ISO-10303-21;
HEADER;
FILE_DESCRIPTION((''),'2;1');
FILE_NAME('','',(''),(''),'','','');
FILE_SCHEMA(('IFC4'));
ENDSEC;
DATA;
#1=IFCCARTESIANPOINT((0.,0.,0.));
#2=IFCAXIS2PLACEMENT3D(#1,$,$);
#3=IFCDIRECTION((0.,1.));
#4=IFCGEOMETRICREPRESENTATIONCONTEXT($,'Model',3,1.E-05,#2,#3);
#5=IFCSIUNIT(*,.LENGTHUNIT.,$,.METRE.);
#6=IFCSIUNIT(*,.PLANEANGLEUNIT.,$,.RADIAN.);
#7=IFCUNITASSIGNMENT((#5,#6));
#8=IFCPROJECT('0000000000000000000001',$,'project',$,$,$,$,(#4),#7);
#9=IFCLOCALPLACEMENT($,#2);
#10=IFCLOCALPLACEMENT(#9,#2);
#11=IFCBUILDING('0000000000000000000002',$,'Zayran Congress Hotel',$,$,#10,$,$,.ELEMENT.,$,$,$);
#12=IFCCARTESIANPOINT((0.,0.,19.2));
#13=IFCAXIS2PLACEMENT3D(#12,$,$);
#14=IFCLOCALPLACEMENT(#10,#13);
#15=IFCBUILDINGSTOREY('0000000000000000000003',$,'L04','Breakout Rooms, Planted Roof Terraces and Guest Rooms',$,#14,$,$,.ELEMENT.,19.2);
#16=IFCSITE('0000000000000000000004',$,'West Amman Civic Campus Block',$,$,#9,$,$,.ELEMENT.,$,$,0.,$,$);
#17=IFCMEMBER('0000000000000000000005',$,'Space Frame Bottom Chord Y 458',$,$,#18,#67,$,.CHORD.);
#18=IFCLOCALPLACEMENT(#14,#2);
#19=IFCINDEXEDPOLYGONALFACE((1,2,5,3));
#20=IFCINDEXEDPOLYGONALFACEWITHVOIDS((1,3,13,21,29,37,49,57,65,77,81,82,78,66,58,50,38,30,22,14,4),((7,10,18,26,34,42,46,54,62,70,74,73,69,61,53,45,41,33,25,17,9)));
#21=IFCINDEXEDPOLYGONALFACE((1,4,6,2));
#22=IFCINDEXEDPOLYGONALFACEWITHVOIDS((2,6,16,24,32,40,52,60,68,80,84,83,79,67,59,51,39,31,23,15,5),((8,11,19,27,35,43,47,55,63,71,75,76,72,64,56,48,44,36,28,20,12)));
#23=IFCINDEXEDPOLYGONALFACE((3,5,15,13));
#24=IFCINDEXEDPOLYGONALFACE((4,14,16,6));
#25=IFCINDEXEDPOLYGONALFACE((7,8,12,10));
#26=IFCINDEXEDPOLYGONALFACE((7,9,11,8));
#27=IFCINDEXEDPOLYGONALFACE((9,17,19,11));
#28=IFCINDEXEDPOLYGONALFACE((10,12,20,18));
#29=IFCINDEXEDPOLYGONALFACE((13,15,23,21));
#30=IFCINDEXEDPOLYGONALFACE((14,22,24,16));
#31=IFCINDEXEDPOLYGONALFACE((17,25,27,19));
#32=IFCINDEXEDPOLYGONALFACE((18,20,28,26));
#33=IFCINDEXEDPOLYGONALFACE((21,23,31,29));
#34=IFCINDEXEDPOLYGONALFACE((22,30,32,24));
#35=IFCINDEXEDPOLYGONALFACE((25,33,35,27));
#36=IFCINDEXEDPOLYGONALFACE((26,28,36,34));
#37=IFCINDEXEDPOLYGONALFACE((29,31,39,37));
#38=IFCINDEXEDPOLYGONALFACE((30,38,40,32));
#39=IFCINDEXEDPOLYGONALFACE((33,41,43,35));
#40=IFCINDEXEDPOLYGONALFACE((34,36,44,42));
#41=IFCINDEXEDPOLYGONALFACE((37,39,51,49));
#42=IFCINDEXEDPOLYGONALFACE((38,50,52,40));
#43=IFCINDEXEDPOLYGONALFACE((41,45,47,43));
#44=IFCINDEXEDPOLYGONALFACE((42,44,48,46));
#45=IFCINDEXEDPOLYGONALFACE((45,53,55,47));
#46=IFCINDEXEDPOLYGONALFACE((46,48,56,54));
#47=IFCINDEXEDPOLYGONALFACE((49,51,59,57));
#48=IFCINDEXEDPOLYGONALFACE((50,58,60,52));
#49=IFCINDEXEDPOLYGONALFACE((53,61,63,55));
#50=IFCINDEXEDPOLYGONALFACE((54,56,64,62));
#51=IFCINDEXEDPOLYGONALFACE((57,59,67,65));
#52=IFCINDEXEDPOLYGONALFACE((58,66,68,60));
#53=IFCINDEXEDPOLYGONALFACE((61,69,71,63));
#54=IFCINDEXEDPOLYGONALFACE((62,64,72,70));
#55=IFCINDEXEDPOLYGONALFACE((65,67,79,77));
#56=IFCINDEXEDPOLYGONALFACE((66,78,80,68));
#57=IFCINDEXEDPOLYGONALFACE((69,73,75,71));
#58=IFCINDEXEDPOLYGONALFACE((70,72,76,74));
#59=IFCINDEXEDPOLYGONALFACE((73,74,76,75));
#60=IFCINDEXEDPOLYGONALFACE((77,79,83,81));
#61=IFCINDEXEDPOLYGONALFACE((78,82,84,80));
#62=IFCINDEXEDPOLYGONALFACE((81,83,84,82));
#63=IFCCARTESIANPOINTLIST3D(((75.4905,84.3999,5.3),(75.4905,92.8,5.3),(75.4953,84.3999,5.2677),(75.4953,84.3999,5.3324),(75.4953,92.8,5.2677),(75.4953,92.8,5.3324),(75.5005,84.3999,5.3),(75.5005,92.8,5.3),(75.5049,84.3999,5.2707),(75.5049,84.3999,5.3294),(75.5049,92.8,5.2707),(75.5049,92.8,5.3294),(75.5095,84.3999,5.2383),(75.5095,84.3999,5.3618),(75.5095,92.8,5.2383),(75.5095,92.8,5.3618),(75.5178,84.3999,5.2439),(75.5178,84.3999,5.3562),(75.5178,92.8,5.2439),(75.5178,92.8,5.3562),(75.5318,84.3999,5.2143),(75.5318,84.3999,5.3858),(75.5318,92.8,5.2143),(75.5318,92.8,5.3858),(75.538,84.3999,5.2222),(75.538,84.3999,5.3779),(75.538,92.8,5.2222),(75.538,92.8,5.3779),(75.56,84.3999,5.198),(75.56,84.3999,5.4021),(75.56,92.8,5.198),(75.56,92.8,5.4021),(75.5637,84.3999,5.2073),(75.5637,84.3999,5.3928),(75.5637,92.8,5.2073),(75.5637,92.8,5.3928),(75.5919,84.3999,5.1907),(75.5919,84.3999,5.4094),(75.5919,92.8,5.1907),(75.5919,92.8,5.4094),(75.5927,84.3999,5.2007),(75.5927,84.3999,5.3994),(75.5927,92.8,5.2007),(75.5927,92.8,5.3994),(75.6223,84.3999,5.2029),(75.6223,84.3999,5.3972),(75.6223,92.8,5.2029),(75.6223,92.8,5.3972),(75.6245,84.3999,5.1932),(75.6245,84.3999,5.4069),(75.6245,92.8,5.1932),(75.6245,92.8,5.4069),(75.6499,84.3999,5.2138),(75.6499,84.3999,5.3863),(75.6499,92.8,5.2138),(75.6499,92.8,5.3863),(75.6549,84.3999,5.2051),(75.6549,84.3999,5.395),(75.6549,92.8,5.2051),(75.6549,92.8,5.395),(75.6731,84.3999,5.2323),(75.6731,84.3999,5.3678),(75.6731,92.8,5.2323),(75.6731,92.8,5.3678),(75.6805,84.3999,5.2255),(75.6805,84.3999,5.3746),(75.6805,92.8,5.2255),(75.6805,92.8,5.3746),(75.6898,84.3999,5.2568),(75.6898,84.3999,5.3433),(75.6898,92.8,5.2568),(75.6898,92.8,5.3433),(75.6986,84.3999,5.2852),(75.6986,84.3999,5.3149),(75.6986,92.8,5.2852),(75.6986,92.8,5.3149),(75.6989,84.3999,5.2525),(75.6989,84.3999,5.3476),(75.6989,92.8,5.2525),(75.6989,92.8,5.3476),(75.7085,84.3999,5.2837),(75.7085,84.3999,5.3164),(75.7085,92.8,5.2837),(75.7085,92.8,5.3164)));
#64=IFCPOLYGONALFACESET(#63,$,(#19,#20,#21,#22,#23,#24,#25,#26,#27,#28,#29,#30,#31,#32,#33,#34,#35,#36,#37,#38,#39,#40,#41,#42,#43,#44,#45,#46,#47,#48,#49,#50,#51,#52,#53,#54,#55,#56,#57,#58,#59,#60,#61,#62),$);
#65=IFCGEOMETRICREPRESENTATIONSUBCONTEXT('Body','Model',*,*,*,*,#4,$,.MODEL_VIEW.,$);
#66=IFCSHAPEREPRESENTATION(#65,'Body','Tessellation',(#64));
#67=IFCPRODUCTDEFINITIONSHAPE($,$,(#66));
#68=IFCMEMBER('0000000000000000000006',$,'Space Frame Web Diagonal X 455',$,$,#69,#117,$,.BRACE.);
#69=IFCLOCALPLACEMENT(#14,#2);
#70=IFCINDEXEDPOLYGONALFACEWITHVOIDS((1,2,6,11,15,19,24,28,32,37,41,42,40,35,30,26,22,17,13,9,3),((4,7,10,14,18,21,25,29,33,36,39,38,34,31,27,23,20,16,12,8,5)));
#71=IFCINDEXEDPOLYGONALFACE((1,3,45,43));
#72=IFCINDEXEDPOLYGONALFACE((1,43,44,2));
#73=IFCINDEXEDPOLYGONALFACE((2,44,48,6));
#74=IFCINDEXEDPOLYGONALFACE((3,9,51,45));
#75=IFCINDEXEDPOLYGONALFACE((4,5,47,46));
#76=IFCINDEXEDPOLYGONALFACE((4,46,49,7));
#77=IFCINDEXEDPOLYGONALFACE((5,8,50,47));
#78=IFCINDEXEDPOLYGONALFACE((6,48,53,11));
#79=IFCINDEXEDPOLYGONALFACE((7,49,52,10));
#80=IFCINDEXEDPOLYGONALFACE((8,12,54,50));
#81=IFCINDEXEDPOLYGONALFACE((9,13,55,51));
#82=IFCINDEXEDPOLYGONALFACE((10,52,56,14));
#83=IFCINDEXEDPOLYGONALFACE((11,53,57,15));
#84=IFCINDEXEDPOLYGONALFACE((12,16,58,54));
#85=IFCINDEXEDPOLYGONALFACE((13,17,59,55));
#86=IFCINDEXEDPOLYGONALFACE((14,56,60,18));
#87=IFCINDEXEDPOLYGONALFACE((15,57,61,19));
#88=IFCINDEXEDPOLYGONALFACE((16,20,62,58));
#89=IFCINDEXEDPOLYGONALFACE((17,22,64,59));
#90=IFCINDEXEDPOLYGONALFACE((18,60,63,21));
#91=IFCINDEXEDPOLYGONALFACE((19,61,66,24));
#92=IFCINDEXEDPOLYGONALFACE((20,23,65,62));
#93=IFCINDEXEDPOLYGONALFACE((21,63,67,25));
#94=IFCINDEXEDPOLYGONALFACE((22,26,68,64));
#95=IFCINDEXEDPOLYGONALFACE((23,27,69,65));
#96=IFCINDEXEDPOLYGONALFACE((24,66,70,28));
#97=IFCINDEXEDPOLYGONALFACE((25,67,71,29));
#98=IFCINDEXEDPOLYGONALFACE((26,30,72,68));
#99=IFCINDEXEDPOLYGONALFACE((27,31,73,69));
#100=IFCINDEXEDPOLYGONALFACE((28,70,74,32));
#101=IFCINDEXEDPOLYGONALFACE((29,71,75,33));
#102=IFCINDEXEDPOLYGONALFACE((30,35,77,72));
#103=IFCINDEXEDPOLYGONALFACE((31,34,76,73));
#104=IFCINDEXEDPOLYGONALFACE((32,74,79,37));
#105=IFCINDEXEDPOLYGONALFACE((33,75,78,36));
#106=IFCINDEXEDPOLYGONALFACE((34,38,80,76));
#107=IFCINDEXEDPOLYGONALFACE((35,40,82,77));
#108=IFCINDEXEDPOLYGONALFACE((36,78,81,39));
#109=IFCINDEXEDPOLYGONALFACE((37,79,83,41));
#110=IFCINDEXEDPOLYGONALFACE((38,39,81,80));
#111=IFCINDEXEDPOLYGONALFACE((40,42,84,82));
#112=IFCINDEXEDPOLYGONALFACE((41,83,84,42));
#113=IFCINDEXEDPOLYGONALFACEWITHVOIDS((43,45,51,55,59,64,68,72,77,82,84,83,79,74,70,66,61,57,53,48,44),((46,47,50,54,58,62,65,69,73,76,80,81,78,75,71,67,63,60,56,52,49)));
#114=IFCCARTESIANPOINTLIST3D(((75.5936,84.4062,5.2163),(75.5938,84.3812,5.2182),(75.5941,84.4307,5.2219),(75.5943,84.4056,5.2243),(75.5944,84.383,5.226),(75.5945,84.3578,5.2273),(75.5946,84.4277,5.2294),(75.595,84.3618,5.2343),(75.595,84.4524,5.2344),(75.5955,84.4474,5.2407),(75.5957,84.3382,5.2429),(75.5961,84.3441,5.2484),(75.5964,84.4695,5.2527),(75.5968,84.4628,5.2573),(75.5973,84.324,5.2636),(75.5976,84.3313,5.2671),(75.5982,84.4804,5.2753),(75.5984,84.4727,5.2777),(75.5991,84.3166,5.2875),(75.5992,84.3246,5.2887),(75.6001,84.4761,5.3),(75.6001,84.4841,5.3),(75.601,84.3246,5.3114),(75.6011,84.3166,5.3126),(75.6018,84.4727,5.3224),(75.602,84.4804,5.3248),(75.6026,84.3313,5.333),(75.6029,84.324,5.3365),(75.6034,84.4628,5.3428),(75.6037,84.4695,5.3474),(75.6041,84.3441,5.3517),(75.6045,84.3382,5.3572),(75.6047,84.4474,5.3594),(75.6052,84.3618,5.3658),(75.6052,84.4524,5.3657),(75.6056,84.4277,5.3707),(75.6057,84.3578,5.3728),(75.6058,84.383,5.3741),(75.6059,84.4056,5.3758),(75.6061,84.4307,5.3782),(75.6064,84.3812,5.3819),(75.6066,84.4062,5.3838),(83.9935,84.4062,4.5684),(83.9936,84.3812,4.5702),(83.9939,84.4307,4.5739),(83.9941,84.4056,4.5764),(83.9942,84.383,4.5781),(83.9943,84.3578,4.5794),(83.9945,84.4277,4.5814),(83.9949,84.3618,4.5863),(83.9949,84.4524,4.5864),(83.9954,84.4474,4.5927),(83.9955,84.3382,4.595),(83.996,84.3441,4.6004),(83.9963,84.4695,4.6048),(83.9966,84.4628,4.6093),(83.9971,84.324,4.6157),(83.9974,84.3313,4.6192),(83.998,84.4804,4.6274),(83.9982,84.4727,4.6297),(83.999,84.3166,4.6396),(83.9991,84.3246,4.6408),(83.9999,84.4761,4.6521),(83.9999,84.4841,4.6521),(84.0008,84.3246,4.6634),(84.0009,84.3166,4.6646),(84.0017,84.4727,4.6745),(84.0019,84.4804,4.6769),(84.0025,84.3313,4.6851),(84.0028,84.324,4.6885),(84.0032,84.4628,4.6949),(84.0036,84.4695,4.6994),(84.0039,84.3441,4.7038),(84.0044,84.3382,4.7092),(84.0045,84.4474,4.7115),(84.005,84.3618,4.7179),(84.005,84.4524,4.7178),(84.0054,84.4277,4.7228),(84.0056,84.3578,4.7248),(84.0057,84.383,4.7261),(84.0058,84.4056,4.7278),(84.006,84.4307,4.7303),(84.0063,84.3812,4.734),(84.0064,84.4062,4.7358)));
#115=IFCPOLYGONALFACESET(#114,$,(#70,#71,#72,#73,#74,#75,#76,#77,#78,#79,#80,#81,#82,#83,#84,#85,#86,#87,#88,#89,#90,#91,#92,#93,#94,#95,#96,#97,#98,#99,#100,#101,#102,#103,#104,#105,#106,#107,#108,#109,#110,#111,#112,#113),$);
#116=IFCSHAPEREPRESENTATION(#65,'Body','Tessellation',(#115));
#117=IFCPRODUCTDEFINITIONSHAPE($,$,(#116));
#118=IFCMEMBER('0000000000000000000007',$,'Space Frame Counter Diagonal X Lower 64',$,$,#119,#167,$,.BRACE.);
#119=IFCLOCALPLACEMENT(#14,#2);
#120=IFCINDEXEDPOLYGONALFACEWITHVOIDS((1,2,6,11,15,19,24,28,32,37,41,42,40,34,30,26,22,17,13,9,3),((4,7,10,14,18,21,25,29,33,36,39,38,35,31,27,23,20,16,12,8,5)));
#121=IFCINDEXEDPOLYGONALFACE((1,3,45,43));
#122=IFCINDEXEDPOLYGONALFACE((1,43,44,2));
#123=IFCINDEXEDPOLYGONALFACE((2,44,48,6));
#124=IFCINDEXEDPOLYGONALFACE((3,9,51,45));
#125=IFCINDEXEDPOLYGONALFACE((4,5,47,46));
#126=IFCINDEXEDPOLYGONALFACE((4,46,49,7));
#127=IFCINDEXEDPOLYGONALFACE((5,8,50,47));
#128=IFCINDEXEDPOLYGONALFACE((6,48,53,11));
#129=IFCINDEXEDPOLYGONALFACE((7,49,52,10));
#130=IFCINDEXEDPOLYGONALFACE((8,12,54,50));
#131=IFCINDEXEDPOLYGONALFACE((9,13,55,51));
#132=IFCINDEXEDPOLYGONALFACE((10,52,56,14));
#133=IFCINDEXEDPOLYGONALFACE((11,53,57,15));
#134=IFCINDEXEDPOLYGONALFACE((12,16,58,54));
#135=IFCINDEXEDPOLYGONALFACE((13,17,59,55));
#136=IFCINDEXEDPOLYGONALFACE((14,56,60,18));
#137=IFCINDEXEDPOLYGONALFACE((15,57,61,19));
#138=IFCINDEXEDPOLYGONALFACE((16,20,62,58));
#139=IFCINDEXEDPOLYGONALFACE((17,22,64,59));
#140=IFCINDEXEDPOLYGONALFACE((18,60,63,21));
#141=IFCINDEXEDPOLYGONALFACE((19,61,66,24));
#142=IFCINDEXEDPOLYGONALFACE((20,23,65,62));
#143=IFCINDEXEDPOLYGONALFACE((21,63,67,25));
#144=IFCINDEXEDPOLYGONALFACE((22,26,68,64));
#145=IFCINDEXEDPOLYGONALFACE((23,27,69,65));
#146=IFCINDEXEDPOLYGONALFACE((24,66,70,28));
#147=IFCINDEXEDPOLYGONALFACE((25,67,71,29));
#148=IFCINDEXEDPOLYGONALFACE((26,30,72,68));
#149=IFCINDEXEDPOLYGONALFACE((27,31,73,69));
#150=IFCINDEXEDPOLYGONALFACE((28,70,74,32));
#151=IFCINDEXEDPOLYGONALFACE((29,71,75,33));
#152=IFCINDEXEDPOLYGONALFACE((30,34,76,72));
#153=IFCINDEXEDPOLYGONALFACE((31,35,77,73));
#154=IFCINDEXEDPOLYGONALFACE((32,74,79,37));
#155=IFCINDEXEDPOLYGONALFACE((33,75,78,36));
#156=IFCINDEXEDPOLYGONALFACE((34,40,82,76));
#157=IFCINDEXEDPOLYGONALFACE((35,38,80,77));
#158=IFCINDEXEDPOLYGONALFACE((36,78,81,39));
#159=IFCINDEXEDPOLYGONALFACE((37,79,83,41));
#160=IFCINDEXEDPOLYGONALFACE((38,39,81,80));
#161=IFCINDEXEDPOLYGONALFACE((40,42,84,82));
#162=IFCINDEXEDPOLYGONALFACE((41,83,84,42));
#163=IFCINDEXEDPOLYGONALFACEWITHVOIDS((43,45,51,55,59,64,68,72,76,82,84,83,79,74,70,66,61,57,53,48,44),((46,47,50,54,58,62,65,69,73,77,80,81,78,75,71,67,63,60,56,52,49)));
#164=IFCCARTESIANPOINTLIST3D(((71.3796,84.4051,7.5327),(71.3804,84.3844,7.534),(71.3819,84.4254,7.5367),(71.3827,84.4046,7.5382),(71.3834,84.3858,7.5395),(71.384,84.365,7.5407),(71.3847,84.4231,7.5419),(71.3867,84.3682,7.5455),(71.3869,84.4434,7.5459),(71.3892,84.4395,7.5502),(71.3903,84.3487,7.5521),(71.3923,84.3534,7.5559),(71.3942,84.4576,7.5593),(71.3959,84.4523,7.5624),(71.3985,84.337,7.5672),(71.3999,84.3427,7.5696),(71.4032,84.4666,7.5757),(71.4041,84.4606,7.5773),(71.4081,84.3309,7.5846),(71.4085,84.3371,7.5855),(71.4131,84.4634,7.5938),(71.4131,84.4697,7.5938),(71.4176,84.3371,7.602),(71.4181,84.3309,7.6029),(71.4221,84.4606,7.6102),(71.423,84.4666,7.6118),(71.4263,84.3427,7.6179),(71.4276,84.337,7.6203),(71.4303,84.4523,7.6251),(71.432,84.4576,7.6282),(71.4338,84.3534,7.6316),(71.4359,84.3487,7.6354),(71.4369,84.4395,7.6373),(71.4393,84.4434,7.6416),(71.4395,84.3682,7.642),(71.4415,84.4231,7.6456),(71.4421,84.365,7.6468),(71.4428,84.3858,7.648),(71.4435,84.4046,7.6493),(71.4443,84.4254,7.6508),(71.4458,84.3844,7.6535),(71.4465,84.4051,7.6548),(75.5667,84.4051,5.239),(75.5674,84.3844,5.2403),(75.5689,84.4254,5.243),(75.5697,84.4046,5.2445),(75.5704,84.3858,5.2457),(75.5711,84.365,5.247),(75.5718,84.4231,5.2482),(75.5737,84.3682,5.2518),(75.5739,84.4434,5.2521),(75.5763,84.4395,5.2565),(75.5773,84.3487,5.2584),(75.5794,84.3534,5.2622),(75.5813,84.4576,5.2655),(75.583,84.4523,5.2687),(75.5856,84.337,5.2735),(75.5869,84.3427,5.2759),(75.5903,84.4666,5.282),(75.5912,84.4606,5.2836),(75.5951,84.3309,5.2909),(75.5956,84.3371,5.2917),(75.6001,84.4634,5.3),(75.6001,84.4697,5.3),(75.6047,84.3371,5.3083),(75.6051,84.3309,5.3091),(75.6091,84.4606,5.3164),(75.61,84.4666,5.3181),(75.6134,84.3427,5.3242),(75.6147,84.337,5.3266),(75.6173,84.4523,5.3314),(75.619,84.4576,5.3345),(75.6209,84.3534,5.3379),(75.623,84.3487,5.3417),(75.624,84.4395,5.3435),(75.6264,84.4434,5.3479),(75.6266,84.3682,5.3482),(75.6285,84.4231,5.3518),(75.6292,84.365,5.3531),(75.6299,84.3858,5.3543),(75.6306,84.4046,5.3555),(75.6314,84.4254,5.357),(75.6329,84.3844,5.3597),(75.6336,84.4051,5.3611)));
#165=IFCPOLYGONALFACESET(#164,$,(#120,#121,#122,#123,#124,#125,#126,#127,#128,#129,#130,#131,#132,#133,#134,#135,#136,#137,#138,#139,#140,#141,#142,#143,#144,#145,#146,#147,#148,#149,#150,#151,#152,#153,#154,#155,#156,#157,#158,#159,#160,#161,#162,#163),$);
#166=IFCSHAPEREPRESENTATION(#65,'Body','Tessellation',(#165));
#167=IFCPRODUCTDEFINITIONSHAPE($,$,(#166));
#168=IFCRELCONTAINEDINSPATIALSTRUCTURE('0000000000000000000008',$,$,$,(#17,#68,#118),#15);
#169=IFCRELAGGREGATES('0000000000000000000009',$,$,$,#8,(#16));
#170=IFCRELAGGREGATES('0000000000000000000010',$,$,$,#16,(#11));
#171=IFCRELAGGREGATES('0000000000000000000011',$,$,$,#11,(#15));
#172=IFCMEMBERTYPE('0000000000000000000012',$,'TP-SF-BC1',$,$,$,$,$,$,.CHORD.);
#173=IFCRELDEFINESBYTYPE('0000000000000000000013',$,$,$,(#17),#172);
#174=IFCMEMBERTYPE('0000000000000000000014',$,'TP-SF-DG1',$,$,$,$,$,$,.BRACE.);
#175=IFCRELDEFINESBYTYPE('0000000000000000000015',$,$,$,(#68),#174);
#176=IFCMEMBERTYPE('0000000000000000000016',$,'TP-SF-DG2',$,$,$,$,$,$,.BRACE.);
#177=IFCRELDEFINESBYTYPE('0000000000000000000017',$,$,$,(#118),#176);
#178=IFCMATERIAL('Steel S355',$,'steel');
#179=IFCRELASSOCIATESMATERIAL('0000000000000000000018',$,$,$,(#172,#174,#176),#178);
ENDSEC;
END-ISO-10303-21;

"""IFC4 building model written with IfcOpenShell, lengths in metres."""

from ifc_helpers import new_model, si_unit, direction, frame, origin, origin_2d, place, context, subcontext, project, spatial, hollow_circle, extrude, material, material_profile, profile_set, type_object, element, save


model = new_model("IFC4")

# Units and contexts
model_context = context("Model", 3, precision=1e-05, world=origin(), true_north=direction((0.0, 1.0)))
body_context = subcontext(model_context, "Body", "Model", "MODEL_VIEW")
ifc_project = project(units=[si_unit("LENGTHUNIT", "METRE"), si_unit("PLANEANGLEUNIT", "RADIAN")], contexts=[model_context])

# Site, building, storey
site_placement = place(None, origin())
site = spatial("IfcSite", under=ifc_project, at=site_placement, Name="West Amman Civic Campus Block", CompositionType="ELEMENT", RefElevation=0.0)
building_placement = place(site_placement, origin())
building = spatial("IfcBuilding", under=site, at=building_placement, Name="Zayran Congress Hotel", CompositionType="ELEMENT")
storey_placement = place(building_placement, frame((0.0, 0.0, 19.2)))
storey = spatial("IfcBuildingStorey", under=building, at=storey_placement, Name="L04", Description="Breakout Rooms, Planted Roof Terraces and Guest Rooms", CompositionType="ELEMENT", Elevation=19.2)

# Members
ifc_material_1 = material(Name="Steel S355", Category="steel")
ifc_material_profile_1 = material_profile(ifc_material_1, hollow_circle(Radius=0.1096, WallThickness=0.01, at=origin_2d()), Name="CHS 219.1x10")
ifc_profile_set_1 = profile_set([ifc_material_profile_1], Name="Steel S355")
member_type_1 = type_object("IfcMemberType", Name="TP-SF-BC1", PredefinedType="CHORD", material=ifc_profile_set_1)
member_1_placement = place(storey_placement, frame((75.6001, 84.3999, 5.3), z_axis=(0.0, 1.0, 0.0), x_axis=(-1.0, 0.0, 0.0)))
element("IfcMember", 1, at=member_1_placement, inside=storey, type_object=member_type_1, Name="Space Frame Bottom Chord Y 458", PredefinedType="CHORD", context=body_context, shape_type="SweptSolid", body=[
    extrude(hollow_circle(Radius=0.1096, WallThickness=0.01, at=origin_2d()), origin(), (0.0, 0.0, 1.0), 8.4001),
])
ifc_material_profile_2 = material_profile(ifc_material_1, hollow_circle(Radius=0.0842, WallThickness=0.0081, at=origin_2d()), Name="CHS 168.3x8")
ifc_profile_set_2 = profile_set([ifc_material_profile_2], Name="Steel S355")
member_type_2 = type_object("IfcMemberType", Name="TP-SF-DG1", PredefinedType="BRACE", material=ifc_profile_set_2)
member_2_placement = place(storey_placement, frame((75.6001, 84.3999, 5.3), z_axis=(0.997038, 0.0, -0.076909), x_axis=(0.0, 1.0, 0.0)))
element("IfcMember", 2, at=member_2_placement, inside=storey, type_object=member_type_2, Name="Space Frame Web Diagonal X 455", PredefinedType="BRACE", context=body_context, shape_type="SweptSolid", body=[
    extrude(hollow_circle(Radius=0.0842, WallThickness=0.0081, at=origin_2d()), origin(), (0.0, 0.0, 1.0), 8.4248),
])
ifc_material_profile_3 = material_profile(ifc_material_1, hollow_circle(Radius=0.0698, WallThickness=0.0063, at=origin_2d()), Name="CHS 139.7x6.3")
ifc_profile_set_3 = profile_set([ifc_material_profile_3], Name="Steel S355")
member_type_3 = type_object("IfcMemberType", Name="TP-SF-DG2", PredefinedType="BRACE", material=ifc_profile_set_3)
for number, where, z_axis, x_axis, name in (
    (3, (71.4131, 84.3999, 7.5938), (0.877024, 0.0, -0.480446), (0.0, 1.0, 0.0), "Space Frame Counter Diagonal X Lower 64"),
):
    element("IfcMember", number, at=place(storey_placement, frame(where, z_axis=z_axis, x_axis=x_axis)), inside=storey, type_object=member_type_3, Name=name, PredefinedType="BRACE", context=body_context, shape_type="SweptSolid", body=[
        extrude(hollow_circle(Radius=0.0698, WallThickness=0.0063, at=origin_2d()), origin(), (0.0, 0.0, 1.0), 4.7742),
    ])

save(model, "model.ifc")
